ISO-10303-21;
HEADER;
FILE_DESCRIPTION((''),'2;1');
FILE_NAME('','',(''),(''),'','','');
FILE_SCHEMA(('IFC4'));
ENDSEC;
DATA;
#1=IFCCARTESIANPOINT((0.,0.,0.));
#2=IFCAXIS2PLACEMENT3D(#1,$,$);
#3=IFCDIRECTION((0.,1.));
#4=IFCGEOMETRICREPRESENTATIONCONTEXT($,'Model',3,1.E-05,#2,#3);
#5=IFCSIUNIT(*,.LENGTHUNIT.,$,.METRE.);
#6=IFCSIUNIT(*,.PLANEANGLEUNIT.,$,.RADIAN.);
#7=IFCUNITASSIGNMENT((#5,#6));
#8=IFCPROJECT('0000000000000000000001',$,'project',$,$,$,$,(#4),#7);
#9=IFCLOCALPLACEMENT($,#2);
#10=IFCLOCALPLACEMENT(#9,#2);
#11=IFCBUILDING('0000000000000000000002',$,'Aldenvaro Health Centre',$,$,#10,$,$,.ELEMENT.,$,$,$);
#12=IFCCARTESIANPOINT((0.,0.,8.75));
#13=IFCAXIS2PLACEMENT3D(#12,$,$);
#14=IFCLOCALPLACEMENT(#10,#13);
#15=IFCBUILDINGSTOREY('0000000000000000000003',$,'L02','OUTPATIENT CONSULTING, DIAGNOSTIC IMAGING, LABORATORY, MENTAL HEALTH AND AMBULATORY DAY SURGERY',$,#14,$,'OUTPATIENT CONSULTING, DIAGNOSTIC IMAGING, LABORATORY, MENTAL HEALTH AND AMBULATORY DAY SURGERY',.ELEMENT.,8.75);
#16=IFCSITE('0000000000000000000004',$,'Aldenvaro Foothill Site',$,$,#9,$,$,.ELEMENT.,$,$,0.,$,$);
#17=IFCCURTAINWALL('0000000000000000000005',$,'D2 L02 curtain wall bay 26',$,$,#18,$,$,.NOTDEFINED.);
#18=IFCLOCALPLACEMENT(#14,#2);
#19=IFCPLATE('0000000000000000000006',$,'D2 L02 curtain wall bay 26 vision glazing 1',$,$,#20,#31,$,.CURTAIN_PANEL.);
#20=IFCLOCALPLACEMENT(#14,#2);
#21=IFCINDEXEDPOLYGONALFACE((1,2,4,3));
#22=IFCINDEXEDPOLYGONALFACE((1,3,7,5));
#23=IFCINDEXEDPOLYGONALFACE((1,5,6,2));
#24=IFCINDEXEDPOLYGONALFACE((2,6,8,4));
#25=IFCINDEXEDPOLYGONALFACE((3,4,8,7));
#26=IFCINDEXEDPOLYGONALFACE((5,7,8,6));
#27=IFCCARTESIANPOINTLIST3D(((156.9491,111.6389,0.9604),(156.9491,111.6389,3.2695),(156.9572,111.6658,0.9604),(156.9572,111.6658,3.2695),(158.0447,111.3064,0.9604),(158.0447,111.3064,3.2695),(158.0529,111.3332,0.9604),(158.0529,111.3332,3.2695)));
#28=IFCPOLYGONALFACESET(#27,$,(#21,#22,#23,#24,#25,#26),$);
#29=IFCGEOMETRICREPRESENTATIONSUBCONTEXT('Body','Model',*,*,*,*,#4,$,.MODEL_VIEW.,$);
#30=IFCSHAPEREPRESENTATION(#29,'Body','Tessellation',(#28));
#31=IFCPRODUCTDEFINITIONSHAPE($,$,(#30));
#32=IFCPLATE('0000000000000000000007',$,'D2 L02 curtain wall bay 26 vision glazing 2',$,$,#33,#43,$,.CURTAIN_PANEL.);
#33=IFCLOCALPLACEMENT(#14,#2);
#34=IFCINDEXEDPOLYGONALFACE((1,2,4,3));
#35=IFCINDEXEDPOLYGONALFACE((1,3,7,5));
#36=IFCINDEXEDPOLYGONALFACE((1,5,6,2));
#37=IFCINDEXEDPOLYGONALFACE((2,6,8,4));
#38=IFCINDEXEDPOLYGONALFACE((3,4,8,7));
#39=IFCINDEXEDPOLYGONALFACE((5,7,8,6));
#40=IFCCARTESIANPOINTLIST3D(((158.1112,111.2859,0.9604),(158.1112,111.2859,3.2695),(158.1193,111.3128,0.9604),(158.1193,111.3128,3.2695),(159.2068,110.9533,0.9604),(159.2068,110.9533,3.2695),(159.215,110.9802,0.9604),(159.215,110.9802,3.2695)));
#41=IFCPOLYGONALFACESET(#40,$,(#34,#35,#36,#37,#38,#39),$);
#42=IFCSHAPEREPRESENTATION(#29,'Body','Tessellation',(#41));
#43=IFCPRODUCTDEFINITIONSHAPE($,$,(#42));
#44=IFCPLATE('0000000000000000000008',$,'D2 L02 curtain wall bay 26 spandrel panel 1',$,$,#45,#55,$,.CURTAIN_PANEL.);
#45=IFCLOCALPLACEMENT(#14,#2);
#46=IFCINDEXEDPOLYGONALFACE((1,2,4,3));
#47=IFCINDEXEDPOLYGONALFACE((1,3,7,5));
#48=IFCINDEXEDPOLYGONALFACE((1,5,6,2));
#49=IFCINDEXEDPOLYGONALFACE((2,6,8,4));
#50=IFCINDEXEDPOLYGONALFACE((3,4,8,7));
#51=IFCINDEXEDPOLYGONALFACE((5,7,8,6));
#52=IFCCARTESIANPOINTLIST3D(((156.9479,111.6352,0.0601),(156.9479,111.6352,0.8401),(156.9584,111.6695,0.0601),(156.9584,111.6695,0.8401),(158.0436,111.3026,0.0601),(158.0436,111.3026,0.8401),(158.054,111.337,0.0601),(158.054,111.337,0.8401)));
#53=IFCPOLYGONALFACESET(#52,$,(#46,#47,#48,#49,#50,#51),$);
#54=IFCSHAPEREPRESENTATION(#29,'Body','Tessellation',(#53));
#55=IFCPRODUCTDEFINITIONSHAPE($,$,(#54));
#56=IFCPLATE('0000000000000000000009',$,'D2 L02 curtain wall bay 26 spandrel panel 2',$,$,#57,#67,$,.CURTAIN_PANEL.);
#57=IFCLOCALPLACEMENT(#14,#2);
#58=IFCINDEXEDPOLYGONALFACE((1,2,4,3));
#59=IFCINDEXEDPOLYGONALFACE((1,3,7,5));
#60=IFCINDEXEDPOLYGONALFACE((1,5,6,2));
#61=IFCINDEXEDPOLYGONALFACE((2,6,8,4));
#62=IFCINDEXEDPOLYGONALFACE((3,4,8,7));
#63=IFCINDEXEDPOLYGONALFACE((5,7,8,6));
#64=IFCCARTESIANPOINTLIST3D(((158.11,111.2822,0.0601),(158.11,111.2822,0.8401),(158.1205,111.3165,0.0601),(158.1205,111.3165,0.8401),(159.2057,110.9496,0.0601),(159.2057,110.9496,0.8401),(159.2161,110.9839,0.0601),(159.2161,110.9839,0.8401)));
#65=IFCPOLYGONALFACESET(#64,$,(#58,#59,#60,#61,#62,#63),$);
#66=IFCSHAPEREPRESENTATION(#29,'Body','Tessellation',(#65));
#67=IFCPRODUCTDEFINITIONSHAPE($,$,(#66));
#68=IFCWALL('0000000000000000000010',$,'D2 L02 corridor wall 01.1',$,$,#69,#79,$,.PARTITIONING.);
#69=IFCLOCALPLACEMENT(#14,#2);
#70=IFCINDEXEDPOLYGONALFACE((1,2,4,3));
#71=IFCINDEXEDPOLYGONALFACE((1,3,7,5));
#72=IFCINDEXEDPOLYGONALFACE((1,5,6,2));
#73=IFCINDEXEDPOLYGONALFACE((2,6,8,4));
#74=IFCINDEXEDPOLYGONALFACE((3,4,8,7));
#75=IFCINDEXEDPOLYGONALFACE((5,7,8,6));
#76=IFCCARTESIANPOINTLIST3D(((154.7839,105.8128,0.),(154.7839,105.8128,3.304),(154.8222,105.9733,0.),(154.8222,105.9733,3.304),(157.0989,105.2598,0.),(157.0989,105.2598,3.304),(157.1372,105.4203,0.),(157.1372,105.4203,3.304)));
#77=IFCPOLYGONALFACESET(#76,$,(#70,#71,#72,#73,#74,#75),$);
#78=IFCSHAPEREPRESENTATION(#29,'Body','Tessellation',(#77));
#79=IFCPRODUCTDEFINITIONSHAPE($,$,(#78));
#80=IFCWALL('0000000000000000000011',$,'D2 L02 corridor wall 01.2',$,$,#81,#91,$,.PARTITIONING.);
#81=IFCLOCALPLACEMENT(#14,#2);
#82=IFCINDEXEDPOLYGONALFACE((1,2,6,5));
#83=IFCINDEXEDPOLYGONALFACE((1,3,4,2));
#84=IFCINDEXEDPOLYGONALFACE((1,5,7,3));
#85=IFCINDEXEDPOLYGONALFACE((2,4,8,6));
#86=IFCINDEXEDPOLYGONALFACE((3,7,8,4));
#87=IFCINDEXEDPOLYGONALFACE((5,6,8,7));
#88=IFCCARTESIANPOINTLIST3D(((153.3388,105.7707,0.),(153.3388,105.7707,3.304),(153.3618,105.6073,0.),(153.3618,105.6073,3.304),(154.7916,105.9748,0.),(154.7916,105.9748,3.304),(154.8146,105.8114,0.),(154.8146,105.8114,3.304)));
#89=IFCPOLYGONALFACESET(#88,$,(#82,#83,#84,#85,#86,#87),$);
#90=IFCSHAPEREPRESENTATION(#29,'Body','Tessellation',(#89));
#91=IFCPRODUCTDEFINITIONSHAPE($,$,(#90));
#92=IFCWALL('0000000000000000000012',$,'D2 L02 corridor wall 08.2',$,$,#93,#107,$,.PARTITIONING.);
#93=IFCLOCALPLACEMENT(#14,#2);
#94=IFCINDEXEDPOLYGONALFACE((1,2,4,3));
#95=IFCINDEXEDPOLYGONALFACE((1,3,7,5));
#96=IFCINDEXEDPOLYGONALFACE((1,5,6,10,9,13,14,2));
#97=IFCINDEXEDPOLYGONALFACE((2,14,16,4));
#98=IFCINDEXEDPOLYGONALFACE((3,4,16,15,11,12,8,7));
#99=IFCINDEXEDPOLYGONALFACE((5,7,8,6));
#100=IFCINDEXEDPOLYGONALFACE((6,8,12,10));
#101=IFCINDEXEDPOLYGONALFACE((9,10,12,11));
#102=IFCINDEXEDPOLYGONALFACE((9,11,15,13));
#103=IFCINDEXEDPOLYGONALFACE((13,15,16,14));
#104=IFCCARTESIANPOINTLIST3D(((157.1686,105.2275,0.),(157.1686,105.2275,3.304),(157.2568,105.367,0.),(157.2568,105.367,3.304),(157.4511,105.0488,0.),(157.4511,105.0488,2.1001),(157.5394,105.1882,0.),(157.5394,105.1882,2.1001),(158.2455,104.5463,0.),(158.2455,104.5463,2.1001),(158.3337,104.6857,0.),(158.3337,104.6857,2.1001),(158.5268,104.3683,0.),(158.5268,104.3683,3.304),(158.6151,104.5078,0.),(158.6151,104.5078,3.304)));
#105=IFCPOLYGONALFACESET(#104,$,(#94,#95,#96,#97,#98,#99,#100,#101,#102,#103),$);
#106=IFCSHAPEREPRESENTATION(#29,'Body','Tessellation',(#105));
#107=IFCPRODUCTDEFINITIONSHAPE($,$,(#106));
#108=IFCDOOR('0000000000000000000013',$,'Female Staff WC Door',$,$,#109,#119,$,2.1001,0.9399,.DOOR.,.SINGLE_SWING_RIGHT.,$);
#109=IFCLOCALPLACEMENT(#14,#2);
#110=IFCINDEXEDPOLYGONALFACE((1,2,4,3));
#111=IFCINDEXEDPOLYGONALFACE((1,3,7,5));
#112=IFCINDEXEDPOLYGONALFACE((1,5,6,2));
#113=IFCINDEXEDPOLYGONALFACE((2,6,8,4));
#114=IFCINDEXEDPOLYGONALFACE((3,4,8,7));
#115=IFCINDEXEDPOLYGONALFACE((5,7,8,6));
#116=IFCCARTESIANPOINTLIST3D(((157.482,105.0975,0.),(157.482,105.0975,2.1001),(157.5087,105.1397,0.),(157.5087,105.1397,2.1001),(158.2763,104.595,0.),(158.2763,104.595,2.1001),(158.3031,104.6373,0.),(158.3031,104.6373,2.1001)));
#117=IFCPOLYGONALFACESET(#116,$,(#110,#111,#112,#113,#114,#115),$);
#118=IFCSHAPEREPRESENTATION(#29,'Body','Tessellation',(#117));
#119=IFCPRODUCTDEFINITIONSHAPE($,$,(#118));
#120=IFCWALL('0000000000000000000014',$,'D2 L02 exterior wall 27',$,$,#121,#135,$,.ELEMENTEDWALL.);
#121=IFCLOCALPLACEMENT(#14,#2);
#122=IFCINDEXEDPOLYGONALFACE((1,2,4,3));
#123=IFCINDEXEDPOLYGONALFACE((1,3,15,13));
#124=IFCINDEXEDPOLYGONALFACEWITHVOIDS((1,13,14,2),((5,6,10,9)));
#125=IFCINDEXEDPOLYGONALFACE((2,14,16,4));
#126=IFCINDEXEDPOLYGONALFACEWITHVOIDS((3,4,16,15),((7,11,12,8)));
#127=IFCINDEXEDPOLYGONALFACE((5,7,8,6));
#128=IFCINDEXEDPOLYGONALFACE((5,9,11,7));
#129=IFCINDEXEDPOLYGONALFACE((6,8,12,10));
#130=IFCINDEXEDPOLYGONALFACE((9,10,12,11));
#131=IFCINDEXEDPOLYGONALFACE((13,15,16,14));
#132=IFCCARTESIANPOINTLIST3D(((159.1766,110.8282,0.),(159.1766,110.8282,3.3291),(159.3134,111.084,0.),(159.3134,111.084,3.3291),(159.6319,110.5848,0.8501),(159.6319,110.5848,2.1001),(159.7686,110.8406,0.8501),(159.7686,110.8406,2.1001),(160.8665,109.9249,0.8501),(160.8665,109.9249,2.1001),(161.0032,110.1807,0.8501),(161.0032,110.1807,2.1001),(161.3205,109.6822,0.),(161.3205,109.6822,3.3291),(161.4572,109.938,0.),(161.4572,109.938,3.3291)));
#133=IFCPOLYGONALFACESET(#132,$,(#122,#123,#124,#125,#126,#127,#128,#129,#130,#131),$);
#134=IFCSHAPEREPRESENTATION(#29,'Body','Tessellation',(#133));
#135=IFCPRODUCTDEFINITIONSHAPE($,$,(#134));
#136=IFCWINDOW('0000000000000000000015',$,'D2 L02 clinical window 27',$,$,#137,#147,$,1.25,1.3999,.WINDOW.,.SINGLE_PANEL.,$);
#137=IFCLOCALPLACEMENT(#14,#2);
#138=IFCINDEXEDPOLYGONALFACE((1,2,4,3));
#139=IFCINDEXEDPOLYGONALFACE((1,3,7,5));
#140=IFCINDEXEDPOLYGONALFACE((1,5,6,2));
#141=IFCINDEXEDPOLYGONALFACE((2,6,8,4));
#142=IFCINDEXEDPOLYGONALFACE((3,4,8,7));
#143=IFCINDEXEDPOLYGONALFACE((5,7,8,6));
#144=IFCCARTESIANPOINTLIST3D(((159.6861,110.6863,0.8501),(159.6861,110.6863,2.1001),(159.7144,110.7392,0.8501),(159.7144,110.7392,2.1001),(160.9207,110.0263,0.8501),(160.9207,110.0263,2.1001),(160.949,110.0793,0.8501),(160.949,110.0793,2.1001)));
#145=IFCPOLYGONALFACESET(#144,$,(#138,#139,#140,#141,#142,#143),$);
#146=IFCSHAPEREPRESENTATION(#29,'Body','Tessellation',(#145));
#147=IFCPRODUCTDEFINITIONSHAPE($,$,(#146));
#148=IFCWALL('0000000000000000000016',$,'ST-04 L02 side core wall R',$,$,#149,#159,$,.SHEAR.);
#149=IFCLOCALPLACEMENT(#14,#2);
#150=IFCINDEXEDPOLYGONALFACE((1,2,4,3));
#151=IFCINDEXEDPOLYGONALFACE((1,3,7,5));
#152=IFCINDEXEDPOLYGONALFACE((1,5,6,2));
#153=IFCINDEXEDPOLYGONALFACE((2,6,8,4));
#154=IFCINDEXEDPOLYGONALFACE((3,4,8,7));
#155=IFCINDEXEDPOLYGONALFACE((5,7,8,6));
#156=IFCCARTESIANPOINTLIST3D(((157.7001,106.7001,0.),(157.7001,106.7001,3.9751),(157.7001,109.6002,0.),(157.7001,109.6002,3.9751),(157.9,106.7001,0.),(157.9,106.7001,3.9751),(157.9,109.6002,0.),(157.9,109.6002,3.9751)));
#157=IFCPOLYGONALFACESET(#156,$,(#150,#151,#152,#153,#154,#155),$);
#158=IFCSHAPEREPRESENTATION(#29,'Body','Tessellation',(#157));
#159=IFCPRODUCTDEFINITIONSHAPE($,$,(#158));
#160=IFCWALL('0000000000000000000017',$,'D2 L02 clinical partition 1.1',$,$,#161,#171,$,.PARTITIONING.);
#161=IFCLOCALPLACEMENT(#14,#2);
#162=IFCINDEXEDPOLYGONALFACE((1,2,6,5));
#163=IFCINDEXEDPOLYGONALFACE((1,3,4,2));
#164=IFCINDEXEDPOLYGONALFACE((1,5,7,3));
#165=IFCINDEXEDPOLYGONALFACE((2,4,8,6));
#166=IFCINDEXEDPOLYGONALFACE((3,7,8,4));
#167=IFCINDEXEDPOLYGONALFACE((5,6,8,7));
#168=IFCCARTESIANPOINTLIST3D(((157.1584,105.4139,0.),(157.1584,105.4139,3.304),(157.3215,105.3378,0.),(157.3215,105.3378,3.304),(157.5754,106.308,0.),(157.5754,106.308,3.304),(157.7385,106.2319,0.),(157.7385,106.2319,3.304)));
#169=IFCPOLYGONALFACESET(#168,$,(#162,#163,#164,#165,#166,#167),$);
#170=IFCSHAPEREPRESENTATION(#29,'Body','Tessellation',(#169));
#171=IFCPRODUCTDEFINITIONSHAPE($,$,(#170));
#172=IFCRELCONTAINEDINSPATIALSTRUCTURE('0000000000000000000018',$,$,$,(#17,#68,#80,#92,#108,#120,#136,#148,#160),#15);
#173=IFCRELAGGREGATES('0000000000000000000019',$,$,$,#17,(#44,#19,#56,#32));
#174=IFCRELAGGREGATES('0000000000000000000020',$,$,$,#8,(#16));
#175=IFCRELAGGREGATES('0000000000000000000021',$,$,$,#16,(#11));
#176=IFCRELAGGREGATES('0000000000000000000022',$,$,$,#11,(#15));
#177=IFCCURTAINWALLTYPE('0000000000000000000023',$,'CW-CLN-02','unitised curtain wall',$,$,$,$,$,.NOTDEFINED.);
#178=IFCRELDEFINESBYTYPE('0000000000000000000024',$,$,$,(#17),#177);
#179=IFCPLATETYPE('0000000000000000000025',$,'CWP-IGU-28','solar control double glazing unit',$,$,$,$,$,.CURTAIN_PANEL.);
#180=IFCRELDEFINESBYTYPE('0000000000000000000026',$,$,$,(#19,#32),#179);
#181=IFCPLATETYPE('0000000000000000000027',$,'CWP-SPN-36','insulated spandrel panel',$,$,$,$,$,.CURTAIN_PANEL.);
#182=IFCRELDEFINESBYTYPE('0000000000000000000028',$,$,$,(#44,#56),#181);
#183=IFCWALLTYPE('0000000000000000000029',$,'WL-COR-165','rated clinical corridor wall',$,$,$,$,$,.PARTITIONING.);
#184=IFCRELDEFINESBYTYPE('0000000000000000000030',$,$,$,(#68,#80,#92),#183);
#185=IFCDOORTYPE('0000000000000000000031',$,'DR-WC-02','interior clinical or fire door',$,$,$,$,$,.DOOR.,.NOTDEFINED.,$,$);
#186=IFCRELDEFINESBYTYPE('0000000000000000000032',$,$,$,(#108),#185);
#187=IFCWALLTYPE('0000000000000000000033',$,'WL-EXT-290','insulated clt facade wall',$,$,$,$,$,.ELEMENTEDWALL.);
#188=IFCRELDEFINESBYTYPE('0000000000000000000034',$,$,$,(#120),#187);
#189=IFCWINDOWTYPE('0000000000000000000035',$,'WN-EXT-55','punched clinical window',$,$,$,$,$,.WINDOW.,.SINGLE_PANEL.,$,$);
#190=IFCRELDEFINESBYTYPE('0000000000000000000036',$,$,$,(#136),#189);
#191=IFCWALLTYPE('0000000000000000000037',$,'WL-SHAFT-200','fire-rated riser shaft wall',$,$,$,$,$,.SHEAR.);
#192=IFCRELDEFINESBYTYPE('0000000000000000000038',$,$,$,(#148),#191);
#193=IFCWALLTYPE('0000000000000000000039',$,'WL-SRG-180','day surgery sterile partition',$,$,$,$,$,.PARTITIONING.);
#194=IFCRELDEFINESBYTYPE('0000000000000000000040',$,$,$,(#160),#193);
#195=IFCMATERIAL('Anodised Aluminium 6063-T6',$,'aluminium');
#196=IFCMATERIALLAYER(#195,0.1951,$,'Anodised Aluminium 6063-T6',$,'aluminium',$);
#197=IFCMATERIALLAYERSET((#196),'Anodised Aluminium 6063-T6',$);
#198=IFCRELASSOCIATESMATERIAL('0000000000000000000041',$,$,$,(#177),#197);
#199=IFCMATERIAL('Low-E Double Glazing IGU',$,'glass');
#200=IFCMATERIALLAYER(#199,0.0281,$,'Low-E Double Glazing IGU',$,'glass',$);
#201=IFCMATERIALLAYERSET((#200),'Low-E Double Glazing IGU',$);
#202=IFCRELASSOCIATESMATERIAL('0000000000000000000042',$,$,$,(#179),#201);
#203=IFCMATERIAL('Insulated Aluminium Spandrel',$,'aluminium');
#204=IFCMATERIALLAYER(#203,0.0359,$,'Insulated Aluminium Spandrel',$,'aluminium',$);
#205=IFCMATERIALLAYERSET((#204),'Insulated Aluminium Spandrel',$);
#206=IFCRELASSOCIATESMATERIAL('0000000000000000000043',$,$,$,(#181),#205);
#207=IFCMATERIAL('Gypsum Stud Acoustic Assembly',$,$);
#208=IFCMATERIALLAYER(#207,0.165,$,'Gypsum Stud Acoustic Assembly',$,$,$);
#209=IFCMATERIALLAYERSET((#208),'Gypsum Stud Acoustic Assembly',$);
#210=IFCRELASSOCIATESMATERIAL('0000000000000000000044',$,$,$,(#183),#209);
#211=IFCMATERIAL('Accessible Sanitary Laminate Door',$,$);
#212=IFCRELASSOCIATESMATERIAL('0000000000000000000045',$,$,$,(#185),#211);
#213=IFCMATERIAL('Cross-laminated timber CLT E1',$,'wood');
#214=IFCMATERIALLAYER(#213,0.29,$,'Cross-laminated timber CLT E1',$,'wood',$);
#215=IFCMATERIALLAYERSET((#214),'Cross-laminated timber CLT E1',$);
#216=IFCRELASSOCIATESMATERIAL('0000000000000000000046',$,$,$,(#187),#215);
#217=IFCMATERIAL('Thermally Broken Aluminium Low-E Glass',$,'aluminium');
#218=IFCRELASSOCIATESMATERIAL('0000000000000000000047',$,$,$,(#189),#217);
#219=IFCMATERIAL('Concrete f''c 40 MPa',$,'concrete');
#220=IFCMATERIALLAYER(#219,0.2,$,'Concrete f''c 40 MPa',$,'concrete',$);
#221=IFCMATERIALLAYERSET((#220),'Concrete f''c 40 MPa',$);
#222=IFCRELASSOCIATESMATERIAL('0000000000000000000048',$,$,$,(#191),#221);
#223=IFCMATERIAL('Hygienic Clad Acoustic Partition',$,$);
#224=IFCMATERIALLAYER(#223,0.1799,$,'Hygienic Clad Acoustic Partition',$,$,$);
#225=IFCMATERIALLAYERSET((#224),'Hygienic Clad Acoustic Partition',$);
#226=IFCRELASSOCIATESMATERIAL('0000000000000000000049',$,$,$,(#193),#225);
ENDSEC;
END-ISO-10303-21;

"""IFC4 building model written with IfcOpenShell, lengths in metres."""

from ifc_helpers import new_model, si_unit, direction, frame, frame_2d, origin, origin_2d, place, context, subcontext, project, spatial, rectangle, extrude, material, layer, layer_set, type_object, element, fill, aggregate, save


model = new_model("IFC4")

# Units and contexts
model_context = context("Model", 3, precision=1e-05, world=origin(), true_north=direction((0.0, 1.0)))
body_context = subcontext(model_context, "Body", "Model", "MODEL_VIEW")
ifc_project = project(units=[si_unit("LENGTHUNIT", "METRE"), si_unit("PLANEANGLEUNIT", "RADIAN")], contexts=[model_context])

# Site, building, storey
site_placement = place(None, origin())
site = spatial("IfcSite", under=ifc_project, at=site_placement, Name="Aldenvaro Foothill Site", CompositionType="ELEMENT", RefElevation=0.0)
building_placement = place(site_placement, origin())
building = spatial("IfcBuilding", under=site, at=building_placement, Name="Aldenvaro Health Centre", CompositionType="ELEMENT")
storey_placement = place(building_placement, frame((0.0, 0.0, 8.75)))
storey = spatial("IfcBuildingStorey", under=building, at=storey_placement, Name="L02", Description="OUTPATIENT CONSULTING, DIAGNOSTIC IMAGING, LABORATORY, MENTAL HEALTH AND AMBULATORY DAY SURGERY", LongName="OUTPATIENT CONSULTING, DIAGNOSTIC IMAGING, LABORATORY, MENTAL HEALTH AND AMBULATORY DAY SURGERY", CompositionType="ELEMENT", Elevation=8.75)

# Curtain wall
ifc_material_1 = material(Name="Anodised Aluminium 6063-T6", Category="aluminium")
ifc_layer_1 = layer(ifc_material_1, 0.1951, Name="Anodised Aluminium 6063-T6", Category="aluminium")
ifc_layer_set_1 = layer_set([ifc_layer_1], Name="Anodised Aluminium 6063-T6")
curtain_wall_type = type_object("IfcCurtainWallType", Name="CW-CLN-02", Description="unitised curtain wall", PredefinedType="NOTDEFINED", material=ifc_layer_set_1)
curtain_wall_placement = place(storey_placement, origin())
curtain_wall = element("IfcCurtainWall", 1, at=curtain_wall_placement, inside=storey, type_object=curtain_wall_type, Name="D2 L02 curtain wall bay 26", PredefinedType="NOTDEFINED")

# Plates
ifc_material_2 = material(Name="Low-E Double Glazing IGU", Category="glass")
ifc_layer_2 = layer(ifc_material_2, 0.0281, Name="Low-E Double Glazing IGU", Category="glass")
ifc_layer_set_2 = layer_set([ifc_layer_2], Name="Low-E Double Glazing IGU")
plate_type_1 = type_object("IfcPlateType", Name="CWP-IGU-28", Description="solar control double glazing unit", PredefinedType="CURTAIN_PANEL", material=ifc_layer_set_2)
plate_1_placement = place(storey_placement, frame((157.501, 111.4861, 0.9604), z_axis=(0.0, 0.0, 1.0), x_axis=(0.956893, -0.290441, 0.0)))
plate_1 = element("IfcPlate", 2, at=plate_1_placement, type_object=plate_type_1, Name="D2 L02 curtain wall bay 26 vision glazing 1", PredefinedType="CURTAIN_PANEL", context=body_context, shape_type="SweptSolid", body=[
    extrude(rectangle(XDim=1.145, YDim=0.0281, at=origin_2d()), origin(), (0.0, 0.0, 1.0), 2.3091),
])
plate_2_placement = place(storey_placement, frame((158.6631, 111.1331, 0.9604), z_axis=(0.0, 0.0, 1.0), x_axis=(0.956893, -0.290441, 0.0)))
plate_2 = element("IfcPlate", 3, at=plate_2_placement, type_object=plate_type_1, Name="D2 L02 curtain wall bay 26 vision glazing 2", PredefinedType="CURTAIN_PANEL", context=body_context, shape_type="SweptSolid", body=[
    extrude(rectangle(XDim=1.145, YDim=0.0281, at=origin_2d()), origin(), (0.0, 0.0, 1.0), 2.3091),
])
ifc_material_3 = material(Name="Insulated Aluminium Spandrel", Category="aluminium")
ifc_layer_3 = layer(ifc_material_3, 0.0359, Name="Insulated Aluminium Spandrel", Category="aluminium")
ifc_layer_set_3 = layer_set([ifc_layer_3], Name="Insulated Aluminium Spandrel")
plate_type_2 = type_object("IfcPlateType", Name="CWP-SPN-36", Description="insulated spandrel panel", PredefinedType="CURTAIN_PANEL", material=ifc_layer_set_3)
plate_3_placement = place(storey_placement, frame((157.501, 111.4861, 0.0601), z_axis=(0.0, 0.0, 1.0), x_axis=(0.956893, -0.290441, 0.0)))
plate_3 = element("IfcPlate", 4, at=plate_3_placement, type_object=plate_type_2, Name="D2 L02 curtain wall bay 26 spandrel panel 1", PredefinedType="CURTAIN_PANEL", context=body_context, shape_type="SweptSolid", body=[
    extrude(rectangle(XDim=1.145, YDim=0.0359, at=origin_2d()), origin(), (0.0, 0.0, 1.0), 0.78),
])
plate_4_placement = place(storey_placement, frame((158.6631, 111.1331, 0.0601), z_axis=(0.0, 0.0, 1.0), x_axis=(0.956893, -0.290441, 0.0)))
plate_4 = element("IfcPlate", 5, at=plate_4_placement, type_object=plate_type_2, Name="D2 L02 curtain wall bay 26 spandrel panel 2", PredefinedType="CURTAIN_PANEL", context=body_context, shape_type="SweptSolid", body=[
    extrude(rectangle(XDim=1.145, YDim=0.0359, at=origin_2d()), origin(), (0.0, 0.0, 1.0), 0.78),
])
aggregate(curtain_wall, [plate_3, plate_1, plate_4, plate_2])

# Walls
ifc_material_4 = material(Name="Gypsum Stud Acoustic Assembly")
ifc_layer_4 = layer(ifc_material_4, 0.165, Name="Gypsum Stud Acoustic Assembly")
ifc_layer_set_4 = layer_set([ifc_layer_4], Name="Gypsum Stud Acoustic Assembly")
wall_type_1 = type_object("IfcWallType", Name="WL-COR-165", Description="rated clinical corridor wall", PredefinedType="PARTITIONING", material=ifc_layer_set_4)
wall_1_placement = place(storey_placement, frame((157.1179, 105.3401, 0.0), z_axis=(0.0, 0.0, 1.0), x_axis=(-0.972635, 0.232337, 0.0)))
element("IfcWall", 6, at=wall_1_placement, inside=storey, type_object=wall_type_1, Name="D2 L02 corridor wall 01.1", PredefinedType="PARTITIONING", context=body_context, shape_type="SweptSolid", body=[
    extrude(rectangle(XDim=2.3801, YDim=0.165, at=frame_2d((1.1899, 0.0))), origin(), (0.0, 0.0, 1.0), 3.304),
])
wall_2_placement = place(storey_placement, frame((154.803, 105.8931, 0.0), z_axis=(0.0, 0.0, 1.0), x_axis=(-0.990276, -0.139115, 0.0)))
element("IfcWall", 7, at=wall_2_placement, inside=storey, type_object=wall_type_1, Name="D2 L02 corridor wall 01.2", PredefinedType="PARTITIONING", context=body_context, shape_type="SweptSolid", body=[
    extrude(rectangle(XDim=1.467, YDim=0.165, at=frame_2d((0.7334, 0.0))), origin(), (0.0, 0.0, 1.0), 3.304),
])

# Wall, opening, door
wall_3_placement = place(storey_placement, frame((158.571, 104.438, 0.0), z_axis=(0.0, 0.0, 1.0), x_axis=(-0.84511, 0.534593, 0.0)))
wall_3 = element("IfcWall", 8, at=wall_3_placement, inside=storey, type_object=wall_type_1, Name="D2 L02 corridor wall 08.2", PredefinedType="PARTITIONING", context=body_context, shape_type="SweptSolid", body=[
    extrude(rectangle(XDim=1.6072, YDim=0.165, at=frame_2d((0.8037, 0.0))), origin(), (0.0, 0.0, 1.0), 3.304),
])
opening_1_placement = place(wall_3_placement, frame((0.333, 0.0, 0.0)))
opening_1 = element("IfcOpeningElement", 9, at=opening_1_placement, cuts=wall_3, PredefinedType="OPENING", context=body_context, shape_type="SweptSolid", body=[
    extrude(rectangle(XDim=0.9399, YDim=2.1001, at=frame_2d((0.47, 1.05))), frame((0.0, 0.0925, 0.0), z_axis=(0.0, -1.0, 0.0), x_axis=(1.0, 0.0, 0.0)), (0.0, 0.0, 1.0), 0.1851),
])
ifc_material_5 = material(Name="Accessible Sanitary Laminate Door")
door_type = type_object("IfcDoorType", Name="DR-WC-02", Description="interior clinical or fire door", OperationType="NOTDEFINED", PredefinedType="DOOR", material=ifc_material_5)
door_placement = place(opening_1_placement, origin())
door = element("IfcDoor", 10, at=door_placement, inside=storey, type_object=door_type, Name="Female Staff WC Door", OperationType="SINGLE_SWING_RIGHT", OverallHeight=2.1001, OverallWidth=0.9399, PredefinedType="DOOR", context=body_context, shape_type="SweptSolid", body=[
    extrude(rectangle(XDim=0.9399, YDim=2.1001, at=frame_2d((0.47, 1.05))), frame((0.0, 0.0249, 0.0), z_axis=(0.0, -1.0, 0.0), x_axis=(1.0, 0.0, 0.0)), (0.0, 0.0, 1.0), 0.05),
])
fill(opening_1, door)

# Wall, opening, window
ifc_material_6 = material(Name="Cross-laminated timber CLT E1", Category="wood")
ifc_layer_5 = layer(ifc_material_6, 0.29, Name="Cross-laminated timber CLT E1", Category="wood")
ifc_layer_set_5 = layer_set([ifc_layer_5], Name="Cross-laminated timber CLT E1")
wall_type_2 = type_object("IfcWallType", Name="WL-EXT-290", Description="insulated clt facade wall", PredefinedType="ELEMENTEDWALL", material=ifc_layer_set_5)
wall_4_placement = place(storey_placement, frame((159.2451, 110.9561, 0.0), z_axis=(0.0, 0.0, 1.0), x_axis=(0.881902, -0.471432, 0.0)))
wall_4 = element("IfcWall", 11, at=wall_4_placement, inside=storey, type_object=wall_type_2, Name="D2 L02 exterior wall 27", PredefinedType="ELEMENTEDWALL", context=body_context, shape_type="SweptSolid", body=[
    extrude(rectangle(XDim=2.4309, YDim=0.29, at=frame_2d((1.2153, 0.0))), origin(), (0.0, 0.0, 1.0), 3.3291),
])
opening_2_placement = place(wall_4_placement, frame((0.5161, 0.0, 0.8501)))
opening_2 = element("IfcOpeningElement", 12, at=opening_2_placement, cuts=wall_4, PredefinedType="OPENING", context=body_context, shape_type="SweptSolid", body=[
    extrude(rectangle(XDim=1.3999, YDim=1.25, at=frame_2d((0.7, 0.625))), frame((0.0, 0.155, 0.0), z_axis=(0.0, -1.0, 0.0), x_axis=(1.0, 0.0, 0.0)), (0.0, 0.0, 1.0), 0.3101),
])
ifc_material_7 = material(Name="Thermally Broken Aluminium Low-E Glass", Category="aluminium")
window_type = type_object("IfcWindowType", Name="WN-EXT-55", Description="punched clinical window", PartitioningType="SINGLE_PANEL", PredefinedType="WINDOW", material=ifc_material_7)
window_placement = place(opening_2_placement, origin())
window = element("IfcWindow", 13, at=window_placement, inside=storey, type_object=window_type, Name="D2 L02 clinical window 27", OverallHeight=1.25, OverallWidth=1.3999, PartitioningType="SINGLE_PANEL", PredefinedType="WINDOW", context=body_context, shape_type="SweptSolid", body=[
    extrude(rectangle(XDim=1.3999, YDim=1.25, at=frame_2d((0.7, 0.625))), frame((0.0, 0.03, 0.0), z_axis=(0.0, -1.0, 0.0), x_axis=(1.0, 0.0, 0.0)), (0.0, 0.0, 1.0), 0.0601),
])
fill(opening_2, window)

# Walls
ifc_material_8 = material(Name="Concrete f'c 40 MPa", Category="concrete")
ifc_layer_6 = layer(ifc_material_8, 0.2, Name="Concrete f'c 40 MPa", Category="concrete")
ifc_layer_set_6 = layer_set([ifc_layer_6], Name="Concrete f'c 40 MPa")
wall_type_3 = type_object("IfcWallType", Name="WL-SHAFT-200", Description="fire-rated riser shaft wall", PredefinedType="SHEAR", material=ifc_layer_set_6)
wall_5_placement = place(storey_placement, frame((157.8, 106.7, 0.0), z_axis=(0.0, 0.0, 1.0), x_axis=(0.0, 1.0, 0.0)))
element("IfcWall", 14, at=wall_5_placement, inside=storey, type_object=wall_type_3, Name="ST-04 L02 side core wall R", PredefinedType="SHEAR", context=body_context, shape_type="SweptSolid", body=[
    extrude(rectangle(XDim=2.9001, YDim=0.2, at=frame_2d((1.4502, 0.0))), origin(), (0.0, 0.0, 1.0), 3.9751),
])
ifc_material_9 = material(Name="Hygienic Clad Acoustic Partition")
ifc_layer_7 = layer(ifc_material_9, 0.1799, Name="Hygienic Clad Acoustic Partition")
ifc_layer_set_7 = layer_set([ifc_layer_7], Name="Hygienic Clad Acoustic Partition")
wall_type_4 = type_object("IfcWallType", Name="WL-SRG-180", Description="day surgery sterile partition", PredefinedType="PARTITIONING", material=ifc_layer_set_7)
wall_6_placement = place(storey_placement, frame((157.24, 105.376, 0.0), z_axis=(0.0, 0.0, 1.0), x_axis=(0.422696, 0.906272, 0.0)))
element("IfcWall", 15, at=wall_6_placement, inside=storey, type_object=wall_type_4, Name="D2 L02 clinical partition 1.1", PredefinedType="PARTITIONING", context=body_context, shape_type="SweptSolid", body=[
    extrude(rectangle(XDim=0.9866, YDim=0.1799, at=frame_2d((0.4932, 0.0))), origin(), (0.0, 0.0, 1.0), 3.304),
])

save(model, "model.ifc")
